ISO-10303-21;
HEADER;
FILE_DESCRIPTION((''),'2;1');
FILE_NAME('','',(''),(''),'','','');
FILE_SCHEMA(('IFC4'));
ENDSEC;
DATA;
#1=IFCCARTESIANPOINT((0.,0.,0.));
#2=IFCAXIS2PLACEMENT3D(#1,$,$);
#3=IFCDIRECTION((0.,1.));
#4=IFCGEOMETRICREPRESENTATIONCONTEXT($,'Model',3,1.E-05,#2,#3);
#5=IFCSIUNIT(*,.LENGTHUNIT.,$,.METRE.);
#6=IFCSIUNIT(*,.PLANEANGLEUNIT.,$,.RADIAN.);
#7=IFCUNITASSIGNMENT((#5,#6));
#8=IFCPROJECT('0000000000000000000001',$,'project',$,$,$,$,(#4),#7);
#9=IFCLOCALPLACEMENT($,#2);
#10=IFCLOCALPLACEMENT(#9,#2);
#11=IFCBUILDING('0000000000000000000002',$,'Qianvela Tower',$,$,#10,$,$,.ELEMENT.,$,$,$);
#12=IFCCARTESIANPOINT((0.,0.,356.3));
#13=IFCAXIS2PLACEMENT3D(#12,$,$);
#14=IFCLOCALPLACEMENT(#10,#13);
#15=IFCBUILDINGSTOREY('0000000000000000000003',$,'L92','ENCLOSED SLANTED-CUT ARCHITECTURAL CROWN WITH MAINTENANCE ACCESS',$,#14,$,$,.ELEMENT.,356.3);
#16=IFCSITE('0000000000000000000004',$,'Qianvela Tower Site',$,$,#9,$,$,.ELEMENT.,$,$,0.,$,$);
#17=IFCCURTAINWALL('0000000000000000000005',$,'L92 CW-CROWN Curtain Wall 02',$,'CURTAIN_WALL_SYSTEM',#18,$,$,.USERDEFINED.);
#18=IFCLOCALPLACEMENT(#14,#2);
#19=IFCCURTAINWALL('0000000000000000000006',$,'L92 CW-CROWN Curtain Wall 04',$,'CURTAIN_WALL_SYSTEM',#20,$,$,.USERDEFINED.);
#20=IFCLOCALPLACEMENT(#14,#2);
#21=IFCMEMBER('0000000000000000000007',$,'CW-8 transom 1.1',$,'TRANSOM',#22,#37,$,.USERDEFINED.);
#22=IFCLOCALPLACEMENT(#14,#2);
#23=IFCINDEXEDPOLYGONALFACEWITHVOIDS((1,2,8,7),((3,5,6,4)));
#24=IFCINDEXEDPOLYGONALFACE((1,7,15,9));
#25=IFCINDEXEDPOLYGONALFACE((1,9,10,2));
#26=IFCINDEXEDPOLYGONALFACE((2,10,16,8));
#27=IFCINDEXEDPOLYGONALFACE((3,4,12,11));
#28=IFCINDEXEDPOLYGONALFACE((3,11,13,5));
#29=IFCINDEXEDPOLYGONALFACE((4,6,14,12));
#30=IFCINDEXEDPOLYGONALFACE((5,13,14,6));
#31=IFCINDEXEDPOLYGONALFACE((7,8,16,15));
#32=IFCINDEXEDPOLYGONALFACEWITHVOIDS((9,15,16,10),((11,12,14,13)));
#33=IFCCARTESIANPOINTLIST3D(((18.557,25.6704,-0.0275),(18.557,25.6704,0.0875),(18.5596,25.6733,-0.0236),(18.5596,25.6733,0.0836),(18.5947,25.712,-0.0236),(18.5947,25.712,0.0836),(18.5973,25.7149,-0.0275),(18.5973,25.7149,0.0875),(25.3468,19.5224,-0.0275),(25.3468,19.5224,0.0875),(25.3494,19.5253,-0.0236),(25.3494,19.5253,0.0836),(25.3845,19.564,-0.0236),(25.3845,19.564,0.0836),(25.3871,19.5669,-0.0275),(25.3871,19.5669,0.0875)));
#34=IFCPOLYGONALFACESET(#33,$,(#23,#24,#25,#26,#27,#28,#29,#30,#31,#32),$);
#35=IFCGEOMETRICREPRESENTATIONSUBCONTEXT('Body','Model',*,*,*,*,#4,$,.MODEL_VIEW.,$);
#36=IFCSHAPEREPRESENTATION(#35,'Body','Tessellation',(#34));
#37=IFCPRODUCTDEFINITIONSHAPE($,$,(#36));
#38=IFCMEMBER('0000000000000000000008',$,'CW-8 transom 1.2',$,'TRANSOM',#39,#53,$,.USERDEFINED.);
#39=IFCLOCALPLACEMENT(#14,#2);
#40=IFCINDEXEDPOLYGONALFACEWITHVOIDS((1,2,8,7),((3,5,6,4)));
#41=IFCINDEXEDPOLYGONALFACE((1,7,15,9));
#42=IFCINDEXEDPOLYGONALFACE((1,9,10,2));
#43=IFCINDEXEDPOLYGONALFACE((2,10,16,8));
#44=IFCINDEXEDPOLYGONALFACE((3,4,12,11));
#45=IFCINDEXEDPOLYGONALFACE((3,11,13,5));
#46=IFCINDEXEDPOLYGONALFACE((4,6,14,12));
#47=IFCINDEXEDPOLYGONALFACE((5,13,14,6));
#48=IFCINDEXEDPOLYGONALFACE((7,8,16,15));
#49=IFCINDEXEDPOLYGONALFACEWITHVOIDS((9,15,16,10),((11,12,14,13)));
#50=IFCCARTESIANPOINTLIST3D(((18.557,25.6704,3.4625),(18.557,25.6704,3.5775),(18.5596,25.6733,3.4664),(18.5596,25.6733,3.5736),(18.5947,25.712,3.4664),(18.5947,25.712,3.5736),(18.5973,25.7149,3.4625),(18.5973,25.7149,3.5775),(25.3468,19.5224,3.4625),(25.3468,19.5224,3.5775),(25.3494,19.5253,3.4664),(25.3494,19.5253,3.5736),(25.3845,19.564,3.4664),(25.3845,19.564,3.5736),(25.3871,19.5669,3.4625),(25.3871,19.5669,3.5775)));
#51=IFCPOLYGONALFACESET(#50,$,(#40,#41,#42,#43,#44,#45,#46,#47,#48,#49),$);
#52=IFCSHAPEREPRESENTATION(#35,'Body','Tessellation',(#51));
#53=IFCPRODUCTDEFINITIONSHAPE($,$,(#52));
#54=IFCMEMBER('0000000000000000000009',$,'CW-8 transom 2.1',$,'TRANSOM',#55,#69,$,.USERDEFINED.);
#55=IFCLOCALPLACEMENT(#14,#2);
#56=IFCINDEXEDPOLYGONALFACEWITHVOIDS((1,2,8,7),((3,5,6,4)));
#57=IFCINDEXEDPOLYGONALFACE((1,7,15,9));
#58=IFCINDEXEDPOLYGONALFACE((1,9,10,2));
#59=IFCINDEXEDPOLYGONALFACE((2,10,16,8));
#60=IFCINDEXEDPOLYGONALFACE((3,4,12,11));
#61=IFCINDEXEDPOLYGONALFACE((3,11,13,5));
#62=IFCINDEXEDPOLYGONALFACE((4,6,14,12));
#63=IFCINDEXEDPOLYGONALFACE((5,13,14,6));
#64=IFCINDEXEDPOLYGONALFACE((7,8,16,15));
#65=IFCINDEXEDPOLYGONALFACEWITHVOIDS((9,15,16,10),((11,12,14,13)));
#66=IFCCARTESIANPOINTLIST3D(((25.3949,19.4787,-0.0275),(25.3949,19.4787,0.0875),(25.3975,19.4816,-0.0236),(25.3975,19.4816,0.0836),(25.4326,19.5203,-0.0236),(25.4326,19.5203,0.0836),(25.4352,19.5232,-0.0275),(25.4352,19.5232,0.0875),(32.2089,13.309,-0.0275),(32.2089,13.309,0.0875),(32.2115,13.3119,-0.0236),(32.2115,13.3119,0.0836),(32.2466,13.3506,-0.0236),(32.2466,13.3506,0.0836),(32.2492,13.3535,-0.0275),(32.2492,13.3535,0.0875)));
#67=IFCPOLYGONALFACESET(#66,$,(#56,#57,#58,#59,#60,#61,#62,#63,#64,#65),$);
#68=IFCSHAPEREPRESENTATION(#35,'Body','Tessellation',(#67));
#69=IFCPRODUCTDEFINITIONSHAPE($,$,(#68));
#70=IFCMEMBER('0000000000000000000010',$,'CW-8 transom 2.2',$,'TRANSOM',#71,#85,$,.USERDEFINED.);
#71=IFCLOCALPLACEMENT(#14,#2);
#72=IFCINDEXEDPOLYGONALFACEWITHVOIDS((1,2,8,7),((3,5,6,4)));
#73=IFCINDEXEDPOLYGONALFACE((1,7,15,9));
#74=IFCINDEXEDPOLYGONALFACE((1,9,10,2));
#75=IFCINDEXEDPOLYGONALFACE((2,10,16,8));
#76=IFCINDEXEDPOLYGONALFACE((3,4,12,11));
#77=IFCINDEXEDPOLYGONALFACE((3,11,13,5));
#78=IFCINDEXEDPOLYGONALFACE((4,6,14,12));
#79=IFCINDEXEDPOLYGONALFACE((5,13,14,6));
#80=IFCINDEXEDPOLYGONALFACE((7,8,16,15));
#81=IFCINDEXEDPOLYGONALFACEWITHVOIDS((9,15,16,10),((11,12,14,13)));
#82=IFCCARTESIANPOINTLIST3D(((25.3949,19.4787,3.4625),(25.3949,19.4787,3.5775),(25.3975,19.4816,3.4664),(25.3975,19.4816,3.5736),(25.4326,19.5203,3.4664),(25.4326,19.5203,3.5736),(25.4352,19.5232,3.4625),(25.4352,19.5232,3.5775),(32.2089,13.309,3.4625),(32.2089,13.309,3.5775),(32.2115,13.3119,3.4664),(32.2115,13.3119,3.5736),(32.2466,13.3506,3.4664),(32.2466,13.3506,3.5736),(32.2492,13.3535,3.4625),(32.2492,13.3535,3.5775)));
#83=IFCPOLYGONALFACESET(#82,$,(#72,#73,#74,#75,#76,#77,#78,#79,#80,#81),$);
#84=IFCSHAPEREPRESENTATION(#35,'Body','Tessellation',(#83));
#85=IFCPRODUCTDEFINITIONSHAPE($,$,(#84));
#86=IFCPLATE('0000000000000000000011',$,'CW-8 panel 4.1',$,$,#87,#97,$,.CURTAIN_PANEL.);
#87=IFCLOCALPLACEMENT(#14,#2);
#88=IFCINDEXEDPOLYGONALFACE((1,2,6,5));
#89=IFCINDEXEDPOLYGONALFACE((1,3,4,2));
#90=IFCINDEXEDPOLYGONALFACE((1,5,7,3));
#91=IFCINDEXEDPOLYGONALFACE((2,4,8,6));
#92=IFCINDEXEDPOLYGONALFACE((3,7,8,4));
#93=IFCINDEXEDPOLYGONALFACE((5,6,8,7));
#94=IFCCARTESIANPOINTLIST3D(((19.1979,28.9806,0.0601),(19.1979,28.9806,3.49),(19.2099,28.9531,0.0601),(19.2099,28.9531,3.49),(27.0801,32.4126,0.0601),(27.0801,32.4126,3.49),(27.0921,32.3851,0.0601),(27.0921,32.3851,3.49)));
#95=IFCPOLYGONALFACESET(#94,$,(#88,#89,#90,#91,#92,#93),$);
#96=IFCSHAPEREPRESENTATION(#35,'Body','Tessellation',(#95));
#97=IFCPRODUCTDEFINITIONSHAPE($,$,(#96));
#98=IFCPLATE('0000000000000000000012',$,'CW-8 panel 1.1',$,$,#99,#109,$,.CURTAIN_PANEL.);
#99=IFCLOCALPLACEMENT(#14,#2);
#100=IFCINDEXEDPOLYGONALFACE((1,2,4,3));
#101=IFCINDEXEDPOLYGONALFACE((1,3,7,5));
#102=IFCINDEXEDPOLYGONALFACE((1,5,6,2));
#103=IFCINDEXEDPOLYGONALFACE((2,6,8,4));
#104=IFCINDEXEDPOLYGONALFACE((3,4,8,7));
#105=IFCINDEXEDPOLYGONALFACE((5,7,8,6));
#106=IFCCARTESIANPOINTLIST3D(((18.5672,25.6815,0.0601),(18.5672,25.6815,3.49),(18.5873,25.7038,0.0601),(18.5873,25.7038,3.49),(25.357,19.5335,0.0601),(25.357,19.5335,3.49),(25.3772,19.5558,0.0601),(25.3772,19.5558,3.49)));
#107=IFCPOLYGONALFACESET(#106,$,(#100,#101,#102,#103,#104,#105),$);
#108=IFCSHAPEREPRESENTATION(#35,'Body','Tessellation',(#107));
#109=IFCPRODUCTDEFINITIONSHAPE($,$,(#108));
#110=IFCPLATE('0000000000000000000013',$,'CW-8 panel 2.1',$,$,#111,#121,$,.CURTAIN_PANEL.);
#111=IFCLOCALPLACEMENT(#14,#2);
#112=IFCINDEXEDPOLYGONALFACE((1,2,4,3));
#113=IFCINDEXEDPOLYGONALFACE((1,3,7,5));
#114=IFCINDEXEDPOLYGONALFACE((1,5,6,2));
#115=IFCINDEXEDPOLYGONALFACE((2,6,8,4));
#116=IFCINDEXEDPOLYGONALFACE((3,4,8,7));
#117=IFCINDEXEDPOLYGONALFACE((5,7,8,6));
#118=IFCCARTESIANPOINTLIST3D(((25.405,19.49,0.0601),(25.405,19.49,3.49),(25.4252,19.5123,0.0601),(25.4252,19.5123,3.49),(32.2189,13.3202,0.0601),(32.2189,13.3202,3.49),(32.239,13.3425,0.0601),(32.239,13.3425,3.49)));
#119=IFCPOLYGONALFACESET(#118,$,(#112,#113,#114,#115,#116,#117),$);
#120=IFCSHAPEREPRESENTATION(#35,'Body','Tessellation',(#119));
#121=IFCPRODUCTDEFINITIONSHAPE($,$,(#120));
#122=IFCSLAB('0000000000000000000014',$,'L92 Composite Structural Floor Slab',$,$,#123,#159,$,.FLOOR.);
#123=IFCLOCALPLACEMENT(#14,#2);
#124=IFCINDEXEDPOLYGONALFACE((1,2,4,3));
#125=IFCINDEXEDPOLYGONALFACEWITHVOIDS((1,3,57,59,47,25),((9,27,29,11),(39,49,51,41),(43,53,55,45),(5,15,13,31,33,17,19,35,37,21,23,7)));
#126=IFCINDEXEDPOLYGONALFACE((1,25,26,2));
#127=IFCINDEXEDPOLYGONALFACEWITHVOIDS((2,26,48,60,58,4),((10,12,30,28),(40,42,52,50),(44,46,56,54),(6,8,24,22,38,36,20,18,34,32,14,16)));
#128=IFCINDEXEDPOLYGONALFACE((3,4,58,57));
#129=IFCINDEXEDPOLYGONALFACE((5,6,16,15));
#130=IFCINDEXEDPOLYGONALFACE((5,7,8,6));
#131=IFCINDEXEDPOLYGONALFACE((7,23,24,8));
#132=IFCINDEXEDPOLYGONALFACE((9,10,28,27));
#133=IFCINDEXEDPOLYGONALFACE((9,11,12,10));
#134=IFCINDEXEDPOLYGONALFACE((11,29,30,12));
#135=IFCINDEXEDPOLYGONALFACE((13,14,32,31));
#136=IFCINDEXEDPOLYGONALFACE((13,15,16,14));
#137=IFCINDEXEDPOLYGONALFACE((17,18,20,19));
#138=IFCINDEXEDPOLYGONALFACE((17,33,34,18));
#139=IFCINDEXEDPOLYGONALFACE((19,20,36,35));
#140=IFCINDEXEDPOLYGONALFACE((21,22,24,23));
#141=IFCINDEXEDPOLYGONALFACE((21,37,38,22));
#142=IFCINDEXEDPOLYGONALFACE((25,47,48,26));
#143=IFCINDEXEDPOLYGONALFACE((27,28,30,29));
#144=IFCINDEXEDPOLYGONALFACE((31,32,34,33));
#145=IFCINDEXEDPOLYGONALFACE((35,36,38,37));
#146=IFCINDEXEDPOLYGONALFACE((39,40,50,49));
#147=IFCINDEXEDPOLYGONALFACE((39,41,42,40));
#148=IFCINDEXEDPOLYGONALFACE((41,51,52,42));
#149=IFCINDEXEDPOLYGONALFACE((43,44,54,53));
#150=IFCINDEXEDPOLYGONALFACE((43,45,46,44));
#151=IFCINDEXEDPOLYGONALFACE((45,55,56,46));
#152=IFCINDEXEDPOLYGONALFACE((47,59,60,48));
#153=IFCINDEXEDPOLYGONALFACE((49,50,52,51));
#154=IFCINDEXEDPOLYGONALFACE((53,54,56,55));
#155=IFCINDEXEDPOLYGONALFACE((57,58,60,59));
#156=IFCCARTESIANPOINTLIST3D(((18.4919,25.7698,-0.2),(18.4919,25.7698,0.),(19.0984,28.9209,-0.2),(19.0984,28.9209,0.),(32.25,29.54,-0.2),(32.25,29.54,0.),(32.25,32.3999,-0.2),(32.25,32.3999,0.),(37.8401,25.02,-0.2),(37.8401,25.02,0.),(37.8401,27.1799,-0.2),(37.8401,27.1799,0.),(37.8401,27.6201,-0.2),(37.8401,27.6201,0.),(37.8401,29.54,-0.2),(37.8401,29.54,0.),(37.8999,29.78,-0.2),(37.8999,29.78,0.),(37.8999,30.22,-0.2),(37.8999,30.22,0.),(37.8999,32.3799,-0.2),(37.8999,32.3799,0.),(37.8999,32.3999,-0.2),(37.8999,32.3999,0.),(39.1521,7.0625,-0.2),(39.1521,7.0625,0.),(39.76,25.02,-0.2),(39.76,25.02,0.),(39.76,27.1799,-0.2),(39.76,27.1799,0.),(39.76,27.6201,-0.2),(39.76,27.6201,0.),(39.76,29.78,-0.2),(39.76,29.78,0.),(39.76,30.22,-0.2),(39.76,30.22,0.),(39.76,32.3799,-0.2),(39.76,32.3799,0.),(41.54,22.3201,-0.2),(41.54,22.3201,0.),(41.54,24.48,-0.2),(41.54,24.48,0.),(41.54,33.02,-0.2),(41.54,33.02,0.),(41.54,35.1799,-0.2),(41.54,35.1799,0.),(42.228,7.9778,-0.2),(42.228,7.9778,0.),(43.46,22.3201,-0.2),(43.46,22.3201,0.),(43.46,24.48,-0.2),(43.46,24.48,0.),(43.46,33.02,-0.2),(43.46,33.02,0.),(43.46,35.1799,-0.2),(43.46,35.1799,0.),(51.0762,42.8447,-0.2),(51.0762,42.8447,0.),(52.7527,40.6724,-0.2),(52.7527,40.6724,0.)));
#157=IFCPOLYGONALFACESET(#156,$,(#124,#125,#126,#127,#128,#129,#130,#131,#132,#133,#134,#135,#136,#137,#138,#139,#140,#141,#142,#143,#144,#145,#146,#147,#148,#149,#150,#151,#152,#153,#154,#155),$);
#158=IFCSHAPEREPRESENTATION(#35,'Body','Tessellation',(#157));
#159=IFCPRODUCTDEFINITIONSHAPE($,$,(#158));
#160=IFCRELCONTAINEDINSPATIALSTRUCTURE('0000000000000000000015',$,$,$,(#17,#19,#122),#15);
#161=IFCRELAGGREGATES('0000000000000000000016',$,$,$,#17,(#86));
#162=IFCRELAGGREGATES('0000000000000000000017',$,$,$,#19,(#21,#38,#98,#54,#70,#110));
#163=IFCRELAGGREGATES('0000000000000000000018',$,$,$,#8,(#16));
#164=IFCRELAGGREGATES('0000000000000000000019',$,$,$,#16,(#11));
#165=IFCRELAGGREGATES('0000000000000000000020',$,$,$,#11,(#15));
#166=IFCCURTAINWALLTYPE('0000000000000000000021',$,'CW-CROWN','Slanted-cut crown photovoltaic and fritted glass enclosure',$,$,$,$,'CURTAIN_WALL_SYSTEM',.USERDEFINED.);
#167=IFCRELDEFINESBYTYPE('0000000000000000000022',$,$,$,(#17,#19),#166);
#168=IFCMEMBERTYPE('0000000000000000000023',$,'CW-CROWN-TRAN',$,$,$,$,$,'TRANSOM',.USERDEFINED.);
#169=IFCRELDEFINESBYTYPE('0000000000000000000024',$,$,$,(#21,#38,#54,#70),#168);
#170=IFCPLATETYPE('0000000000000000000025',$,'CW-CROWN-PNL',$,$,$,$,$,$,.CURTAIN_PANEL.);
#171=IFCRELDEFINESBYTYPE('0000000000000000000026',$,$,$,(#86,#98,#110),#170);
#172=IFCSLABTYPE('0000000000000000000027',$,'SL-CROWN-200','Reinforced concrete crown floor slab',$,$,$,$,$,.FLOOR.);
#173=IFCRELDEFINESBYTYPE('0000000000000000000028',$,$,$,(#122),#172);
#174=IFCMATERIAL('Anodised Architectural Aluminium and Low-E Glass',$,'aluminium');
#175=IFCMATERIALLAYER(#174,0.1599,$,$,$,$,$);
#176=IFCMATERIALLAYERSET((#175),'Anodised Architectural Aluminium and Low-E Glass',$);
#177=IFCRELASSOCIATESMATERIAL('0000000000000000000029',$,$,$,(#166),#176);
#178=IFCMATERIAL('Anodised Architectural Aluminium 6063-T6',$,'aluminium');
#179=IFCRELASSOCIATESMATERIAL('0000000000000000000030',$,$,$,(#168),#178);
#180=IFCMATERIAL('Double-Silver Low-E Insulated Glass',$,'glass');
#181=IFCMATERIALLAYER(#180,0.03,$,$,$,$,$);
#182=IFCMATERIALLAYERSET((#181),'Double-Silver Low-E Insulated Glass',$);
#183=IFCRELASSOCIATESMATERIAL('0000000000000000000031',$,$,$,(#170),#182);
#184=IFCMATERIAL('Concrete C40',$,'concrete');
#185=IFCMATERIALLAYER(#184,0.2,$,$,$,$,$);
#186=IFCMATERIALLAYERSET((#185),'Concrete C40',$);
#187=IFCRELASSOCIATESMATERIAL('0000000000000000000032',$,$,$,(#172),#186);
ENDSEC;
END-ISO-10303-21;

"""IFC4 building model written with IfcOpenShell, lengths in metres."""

from ifc_helpers import new_model, si_unit, direction, frame, origin, origin_2d, place, context, subcontext, project, spatial, polyline, rectangle, hollow_rectangle, outline, extrude, material, layer, layer_set, material_profile, profile_set, type_object, element, aggregate, save


model = new_model("IFC4")

# Units and contexts
model_context = context("Model", 3, precision=1e-05, world=origin(), true_north=direction((0.0, 1.0)))
body_context = subcontext(model_context, "Body", "Model", "MODEL_VIEW")
ifc_project = project(units=[si_unit("LENGTHUNIT", "METRE"), si_unit("PLANEANGLEUNIT", "RADIAN")], contexts=[model_context])

# Site, building, storey
site_placement = place(None, origin())
site = spatial("IfcSite", under=ifc_project, at=site_placement, Name="Qianvela Tower Site", CompositionType="ELEMENT", RefElevation=0.0)
building_placement = place(site_placement, origin())
building = spatial("IfcBuilding", under=site, at=building_placement, Name="Qianvela Tower", CompositionType="ELEMENT")
storey_placement = place(building_placement, frame((0.0, 0.0, 356.3)))
storey = spatial("IfcBuildingStorey", under=building, at=storey_placement, Name="L92", Description="ENCLOSED SLANTED-CUT ARCHITECTURAL CROWN WITH MAINTENANCE ACCESS", CompositionType="ELEMENT", Elevation=356.3)

# Curtain walls
ifc_material_1 = material(Name="Anodised Architectural Aluminium and Low-E Glass", Category="aluminium")
ifc_layer_1 = layer(ifc_material_1, 0.1599)
ifc_layer_set_1 = layer_set([ifc_layer_1], Name="Anodised Architectural Aluminium and Low-E Glass")
curtain_wall_type = type_object("IfcCurtainWallType", Name="CW-CROWN", Description="Slanted-cut crown photovoltaic and fritted glass enclosure", ElementType="CURTAIN_WALL_SYSTEM", PredefinedType="USERDEFINED", material=ifc_layer_set_1)
curtain_wall_1_placement = place(storey_placement, origin())
curtain_wall_1 = element("IfcCurtainWall", 1, at=curtain_wall_1_placement, inside=storey, type_object=curtain_wall_type, Name="L92 CW-CROWN Curtain Wall 02", ObjectType="CURTAIN_WALL_SYSTEM", PredefinedType="USERDEFINED")
curtain_wall_2_placement = place(storey_placement, origin())
curtain_wall_2 = element("IfcCurtainWall", 2, at=curtain_wall_2_placement, inside=storey, type_object=curtain_wall_type, Name="L92 CW-CROWN Curtain Wall 04", ObjectType="CURTAIN_WALL_SYSTEM", PredefinedType="USERDEFINED")

# Members
ifc_material_2 = material(Name="Anodised Architectural Aluminium 6063-T6", Category="aluminium")
ifc_material_profile_1 = material_profile(ifc_material_2, hollow_rectangle(XDim=0.0601, YDim=0.115, WallThickness=0.0039, at=origin_2d()), Name="ALU-TRAN-60x115")
ifc_profile_set_1 = profile_set([ifc_material_profile_1], Name="Anodised Architectural Aluminium 6063-T6")
member_type_1 = type_object("IfcMemberType", Name="CW-CROWN-TRAN", ElementType="TRANSOM", PredefinedType="USERDEFINED", material=ifc_profile_set_1)
member_1_placement = place(storey_placement, frame((18.5771, 25.6926, 0.03), z_axis=(0.741275, -0.671202, 0.0), x_axis=(0.671202, 0.741275, 0.0)))
member_1 = element("IfcMember", 3, at=member_1_placement, type_object=member_type_1, Name="CW-8 transom 1.1", ObjectType="TRANSOM", PredefinedType="USERDEFINED", context=body_context, shape_type="SweptSolid", body=[
    extrude(hollow_rectangle(XDim=0.0601, YDim=0.115, WallThickness=0.0039, at=origin_2d()), origin(), (0.0, 0.0, 1.0), 9.1597),
])
member_2_placement = place(storey_placement, frame((18.5771, 25.6926, 3.52), z_axis=(0.741275, -0.671202, 0.0), x_axis=(0.671202, 0.741275, 0.0)))
member_2 = element("IfcMember", 4, at=member_2_placement, type_object=member_type_1, Name="CW-8 transom 1.2", ObjectType="TRANSOM", PredefinedType="USERDEFINED", context=body_context, shape_type="SweptSolid", body=[
    extrude(hollow_rectangle(XDim=0.0601, YDim=0.115, WallThickness=0.0039, at=origin_2d()), origin(), (0.0, 0.0, 1.0), 9.1597),
])
member_3_placement = place(storey_placement, frame((25.415, 19.501, 0.03), z_axis=(0.741283, -0.671192, 0.0), x_axis=(0.671192, 0.741283, 0.0)))
member_3 = element("IfcMember", 5, at=member_3_placement, type_object=member_type_1, Name="CW-8 transom 2.1", ObjectType="TRANSOM", PredefinedType="USERDEFINED", context=body_context, shape_type="SweptSolid", body=[
    extrude(hollow_rectangle(XDim=0.0601, YDim=0.115, WallThickness=0.0039, at=origin_2d()), origin(), (0.0, 0.0, 1.0), 9.1921),
])
member_4_placement = place(storey_placement, frame((25.415, 19.501, 3.52), z_axis=(0.741283, -0.671192, 0.0), x_axis=(0.671192, 0.741283, 0.0)))
member_4 = element("IfcMember", 6, at=member_4_placement, type_object=member_type_1, Name="CW-8 transom 2.2", ObjectType="TRANSOM", PredefinedType="USERDEFINED", context=body_context, shape_type="SweptSolid", body=[
    extrude(hollow_rectangle(XDim=0.0601, YDim=0.115, WallThickness=0.0039, at=origin_2d()), origin(), (0.0, 0.0, 1.0), 9.1921),
])

# Plates
ifc_material_3 = material(Name="Double-Silver Low-E Insulated Glass", Category="glass")
ifc_layer_2 = layer(ifc_material_3, 0.03)
ifc_layer_set_2 = layer_set([ifc_layer_2], Name="Double-Silver Low-E Insulated Glass")
plate_type = type_object("IfcPlateType", Name="CW-CROWN-PNL", PredefinedType="CURTAIN_PANEL", material=ifc_layer_set_2)
plate_1_placement = place(storey_placement, frame((23.145, 30.6829, 0.0601), z_axis=(0.0, 0.0, 1.0), x_axis=(-0.916857, -0.399215, 0.0)))
plate_1 = element("IfcPlate", 7, at=plate_1_placement, type_object=plate_type, Name="CW-8 panel 4.1", PredefinedType="CURTAIN_PANEL", context=body_context, shape_type="SweptSolid", body=[
    extrude(rectangle(XDim=8.5969, YDim=0.03, at=origin_2d()), origin(), (0.0, 0.0, 1.0), 3.4299),
])
aggregate(curtain_wall_1, [plate_1])
plate_2_placement = place(storey_placement, frame((21.9722, 22.6187, 0.0601), z_axis=(0.0, 0.0, 1.0), x_axis=(0.741275, -0.671202, 0.0)))
plate_2 = element("IfcPlate", 8, at=plate_2_placement, type_object=plate_type, Name="CW-8 panel 1.1", PredefinedType="CURTAIN_PANEL", context=body_context, shape_type="SweptSolid", body=[
    extrude(rectangle(XDim=9.1597, YDim=0.03, at=origin_2d()), origin(), (0.0, 0.0, 1.0), 3.4299),
])
plate_3_placement = place(storey_placement, frame((28.822, 16.4163, 0.0601), z_axis=(0.0, 0.0, 1.0), x_axis=(0.741275, -0.671202, 0.0)))
plate_3 = element("IfcPlate", 9, at=plate_3_placement, type_object=plate_type, Name="CW-8 panel 2.1", PredefinedType="CURTAIN_PANEL", context=body_context, shape_type="SweptSolid", body=[
    extrude(rectangle(XDim=9.1921, YDim=0.03, at=origin_2d()), origin(), (0.0, 0.0, 1.0), 3.4299),
])
aggregate(curtain_wall_2, [member_1, member_2, plate_2, member_3, member_4, plate_3])

# Slab
ifc_material_4 = material(Name="Concrete C40", Category="concrete")
ifc_layer_3 = layer(ifc_material_4, 0.2)
ifc_layer_set_3 = layer_set([ifc_layer_3], Name="Concrete C40")
slab_type_1 = type_object("IfcSlabType", Name="SL-CROWN-200", Description="Reinforced concrete crown floor slab", PredefinedType="FLOOR", material=ifc_layer_set_3)
slab_1_placement = place(storey_placement, frame((0.0, 0.0, -0.2)))
element("IfcSlab", 10, at=slab_1_placement, inside=storey, type_object=slab_type_1, Name="L92 Composite Structural Floor Slab", PredefinedType="FLOOR", context=body_context, shape_type="SweptSolid", body=[
    extrude(outline(polyline([(52.7527, 40.6724), (51.0762, 42.8447), (19.0984, 28.9209), (18.4919, 25.7698), (39.1521, 7.0625), (42.228, 7.9778), (52.7527, 40.6724)]), holes=[polyline([(41.54, 24.48), (41.54, 22.3201), (43.46, 22.3201), (43.46, 24.48), (41.54, 24.48)]), polyline([(39.76, 27.1799), (37.8401, 27.1799), (37.8401, 25.02), (39.76, 25.02), (39.76, 27.1799)]), polyline([(39.76, 29.78), (37.8999, 29.78), (37.8999, 30.22), (39.76, 30.22), (39.76, 32.3799), (37.8999, 32.3799), (37.8999, 32.3999), (32.25, 32.3999), (32.25, 29.54), (37.8401, 29.54), (37.8401, 27.6201), (39.76, 27.6201), (39.76, 29.78)]), polyline([(43.46, 35.1799), (41.54, 35.1799), (41.54, 33.02), (43.46, 33.02), (43.46, 35.1799)])]), origin(), (0.0, 0.0, 1.0), 0.2),
])

save(model, "model.ifc")
